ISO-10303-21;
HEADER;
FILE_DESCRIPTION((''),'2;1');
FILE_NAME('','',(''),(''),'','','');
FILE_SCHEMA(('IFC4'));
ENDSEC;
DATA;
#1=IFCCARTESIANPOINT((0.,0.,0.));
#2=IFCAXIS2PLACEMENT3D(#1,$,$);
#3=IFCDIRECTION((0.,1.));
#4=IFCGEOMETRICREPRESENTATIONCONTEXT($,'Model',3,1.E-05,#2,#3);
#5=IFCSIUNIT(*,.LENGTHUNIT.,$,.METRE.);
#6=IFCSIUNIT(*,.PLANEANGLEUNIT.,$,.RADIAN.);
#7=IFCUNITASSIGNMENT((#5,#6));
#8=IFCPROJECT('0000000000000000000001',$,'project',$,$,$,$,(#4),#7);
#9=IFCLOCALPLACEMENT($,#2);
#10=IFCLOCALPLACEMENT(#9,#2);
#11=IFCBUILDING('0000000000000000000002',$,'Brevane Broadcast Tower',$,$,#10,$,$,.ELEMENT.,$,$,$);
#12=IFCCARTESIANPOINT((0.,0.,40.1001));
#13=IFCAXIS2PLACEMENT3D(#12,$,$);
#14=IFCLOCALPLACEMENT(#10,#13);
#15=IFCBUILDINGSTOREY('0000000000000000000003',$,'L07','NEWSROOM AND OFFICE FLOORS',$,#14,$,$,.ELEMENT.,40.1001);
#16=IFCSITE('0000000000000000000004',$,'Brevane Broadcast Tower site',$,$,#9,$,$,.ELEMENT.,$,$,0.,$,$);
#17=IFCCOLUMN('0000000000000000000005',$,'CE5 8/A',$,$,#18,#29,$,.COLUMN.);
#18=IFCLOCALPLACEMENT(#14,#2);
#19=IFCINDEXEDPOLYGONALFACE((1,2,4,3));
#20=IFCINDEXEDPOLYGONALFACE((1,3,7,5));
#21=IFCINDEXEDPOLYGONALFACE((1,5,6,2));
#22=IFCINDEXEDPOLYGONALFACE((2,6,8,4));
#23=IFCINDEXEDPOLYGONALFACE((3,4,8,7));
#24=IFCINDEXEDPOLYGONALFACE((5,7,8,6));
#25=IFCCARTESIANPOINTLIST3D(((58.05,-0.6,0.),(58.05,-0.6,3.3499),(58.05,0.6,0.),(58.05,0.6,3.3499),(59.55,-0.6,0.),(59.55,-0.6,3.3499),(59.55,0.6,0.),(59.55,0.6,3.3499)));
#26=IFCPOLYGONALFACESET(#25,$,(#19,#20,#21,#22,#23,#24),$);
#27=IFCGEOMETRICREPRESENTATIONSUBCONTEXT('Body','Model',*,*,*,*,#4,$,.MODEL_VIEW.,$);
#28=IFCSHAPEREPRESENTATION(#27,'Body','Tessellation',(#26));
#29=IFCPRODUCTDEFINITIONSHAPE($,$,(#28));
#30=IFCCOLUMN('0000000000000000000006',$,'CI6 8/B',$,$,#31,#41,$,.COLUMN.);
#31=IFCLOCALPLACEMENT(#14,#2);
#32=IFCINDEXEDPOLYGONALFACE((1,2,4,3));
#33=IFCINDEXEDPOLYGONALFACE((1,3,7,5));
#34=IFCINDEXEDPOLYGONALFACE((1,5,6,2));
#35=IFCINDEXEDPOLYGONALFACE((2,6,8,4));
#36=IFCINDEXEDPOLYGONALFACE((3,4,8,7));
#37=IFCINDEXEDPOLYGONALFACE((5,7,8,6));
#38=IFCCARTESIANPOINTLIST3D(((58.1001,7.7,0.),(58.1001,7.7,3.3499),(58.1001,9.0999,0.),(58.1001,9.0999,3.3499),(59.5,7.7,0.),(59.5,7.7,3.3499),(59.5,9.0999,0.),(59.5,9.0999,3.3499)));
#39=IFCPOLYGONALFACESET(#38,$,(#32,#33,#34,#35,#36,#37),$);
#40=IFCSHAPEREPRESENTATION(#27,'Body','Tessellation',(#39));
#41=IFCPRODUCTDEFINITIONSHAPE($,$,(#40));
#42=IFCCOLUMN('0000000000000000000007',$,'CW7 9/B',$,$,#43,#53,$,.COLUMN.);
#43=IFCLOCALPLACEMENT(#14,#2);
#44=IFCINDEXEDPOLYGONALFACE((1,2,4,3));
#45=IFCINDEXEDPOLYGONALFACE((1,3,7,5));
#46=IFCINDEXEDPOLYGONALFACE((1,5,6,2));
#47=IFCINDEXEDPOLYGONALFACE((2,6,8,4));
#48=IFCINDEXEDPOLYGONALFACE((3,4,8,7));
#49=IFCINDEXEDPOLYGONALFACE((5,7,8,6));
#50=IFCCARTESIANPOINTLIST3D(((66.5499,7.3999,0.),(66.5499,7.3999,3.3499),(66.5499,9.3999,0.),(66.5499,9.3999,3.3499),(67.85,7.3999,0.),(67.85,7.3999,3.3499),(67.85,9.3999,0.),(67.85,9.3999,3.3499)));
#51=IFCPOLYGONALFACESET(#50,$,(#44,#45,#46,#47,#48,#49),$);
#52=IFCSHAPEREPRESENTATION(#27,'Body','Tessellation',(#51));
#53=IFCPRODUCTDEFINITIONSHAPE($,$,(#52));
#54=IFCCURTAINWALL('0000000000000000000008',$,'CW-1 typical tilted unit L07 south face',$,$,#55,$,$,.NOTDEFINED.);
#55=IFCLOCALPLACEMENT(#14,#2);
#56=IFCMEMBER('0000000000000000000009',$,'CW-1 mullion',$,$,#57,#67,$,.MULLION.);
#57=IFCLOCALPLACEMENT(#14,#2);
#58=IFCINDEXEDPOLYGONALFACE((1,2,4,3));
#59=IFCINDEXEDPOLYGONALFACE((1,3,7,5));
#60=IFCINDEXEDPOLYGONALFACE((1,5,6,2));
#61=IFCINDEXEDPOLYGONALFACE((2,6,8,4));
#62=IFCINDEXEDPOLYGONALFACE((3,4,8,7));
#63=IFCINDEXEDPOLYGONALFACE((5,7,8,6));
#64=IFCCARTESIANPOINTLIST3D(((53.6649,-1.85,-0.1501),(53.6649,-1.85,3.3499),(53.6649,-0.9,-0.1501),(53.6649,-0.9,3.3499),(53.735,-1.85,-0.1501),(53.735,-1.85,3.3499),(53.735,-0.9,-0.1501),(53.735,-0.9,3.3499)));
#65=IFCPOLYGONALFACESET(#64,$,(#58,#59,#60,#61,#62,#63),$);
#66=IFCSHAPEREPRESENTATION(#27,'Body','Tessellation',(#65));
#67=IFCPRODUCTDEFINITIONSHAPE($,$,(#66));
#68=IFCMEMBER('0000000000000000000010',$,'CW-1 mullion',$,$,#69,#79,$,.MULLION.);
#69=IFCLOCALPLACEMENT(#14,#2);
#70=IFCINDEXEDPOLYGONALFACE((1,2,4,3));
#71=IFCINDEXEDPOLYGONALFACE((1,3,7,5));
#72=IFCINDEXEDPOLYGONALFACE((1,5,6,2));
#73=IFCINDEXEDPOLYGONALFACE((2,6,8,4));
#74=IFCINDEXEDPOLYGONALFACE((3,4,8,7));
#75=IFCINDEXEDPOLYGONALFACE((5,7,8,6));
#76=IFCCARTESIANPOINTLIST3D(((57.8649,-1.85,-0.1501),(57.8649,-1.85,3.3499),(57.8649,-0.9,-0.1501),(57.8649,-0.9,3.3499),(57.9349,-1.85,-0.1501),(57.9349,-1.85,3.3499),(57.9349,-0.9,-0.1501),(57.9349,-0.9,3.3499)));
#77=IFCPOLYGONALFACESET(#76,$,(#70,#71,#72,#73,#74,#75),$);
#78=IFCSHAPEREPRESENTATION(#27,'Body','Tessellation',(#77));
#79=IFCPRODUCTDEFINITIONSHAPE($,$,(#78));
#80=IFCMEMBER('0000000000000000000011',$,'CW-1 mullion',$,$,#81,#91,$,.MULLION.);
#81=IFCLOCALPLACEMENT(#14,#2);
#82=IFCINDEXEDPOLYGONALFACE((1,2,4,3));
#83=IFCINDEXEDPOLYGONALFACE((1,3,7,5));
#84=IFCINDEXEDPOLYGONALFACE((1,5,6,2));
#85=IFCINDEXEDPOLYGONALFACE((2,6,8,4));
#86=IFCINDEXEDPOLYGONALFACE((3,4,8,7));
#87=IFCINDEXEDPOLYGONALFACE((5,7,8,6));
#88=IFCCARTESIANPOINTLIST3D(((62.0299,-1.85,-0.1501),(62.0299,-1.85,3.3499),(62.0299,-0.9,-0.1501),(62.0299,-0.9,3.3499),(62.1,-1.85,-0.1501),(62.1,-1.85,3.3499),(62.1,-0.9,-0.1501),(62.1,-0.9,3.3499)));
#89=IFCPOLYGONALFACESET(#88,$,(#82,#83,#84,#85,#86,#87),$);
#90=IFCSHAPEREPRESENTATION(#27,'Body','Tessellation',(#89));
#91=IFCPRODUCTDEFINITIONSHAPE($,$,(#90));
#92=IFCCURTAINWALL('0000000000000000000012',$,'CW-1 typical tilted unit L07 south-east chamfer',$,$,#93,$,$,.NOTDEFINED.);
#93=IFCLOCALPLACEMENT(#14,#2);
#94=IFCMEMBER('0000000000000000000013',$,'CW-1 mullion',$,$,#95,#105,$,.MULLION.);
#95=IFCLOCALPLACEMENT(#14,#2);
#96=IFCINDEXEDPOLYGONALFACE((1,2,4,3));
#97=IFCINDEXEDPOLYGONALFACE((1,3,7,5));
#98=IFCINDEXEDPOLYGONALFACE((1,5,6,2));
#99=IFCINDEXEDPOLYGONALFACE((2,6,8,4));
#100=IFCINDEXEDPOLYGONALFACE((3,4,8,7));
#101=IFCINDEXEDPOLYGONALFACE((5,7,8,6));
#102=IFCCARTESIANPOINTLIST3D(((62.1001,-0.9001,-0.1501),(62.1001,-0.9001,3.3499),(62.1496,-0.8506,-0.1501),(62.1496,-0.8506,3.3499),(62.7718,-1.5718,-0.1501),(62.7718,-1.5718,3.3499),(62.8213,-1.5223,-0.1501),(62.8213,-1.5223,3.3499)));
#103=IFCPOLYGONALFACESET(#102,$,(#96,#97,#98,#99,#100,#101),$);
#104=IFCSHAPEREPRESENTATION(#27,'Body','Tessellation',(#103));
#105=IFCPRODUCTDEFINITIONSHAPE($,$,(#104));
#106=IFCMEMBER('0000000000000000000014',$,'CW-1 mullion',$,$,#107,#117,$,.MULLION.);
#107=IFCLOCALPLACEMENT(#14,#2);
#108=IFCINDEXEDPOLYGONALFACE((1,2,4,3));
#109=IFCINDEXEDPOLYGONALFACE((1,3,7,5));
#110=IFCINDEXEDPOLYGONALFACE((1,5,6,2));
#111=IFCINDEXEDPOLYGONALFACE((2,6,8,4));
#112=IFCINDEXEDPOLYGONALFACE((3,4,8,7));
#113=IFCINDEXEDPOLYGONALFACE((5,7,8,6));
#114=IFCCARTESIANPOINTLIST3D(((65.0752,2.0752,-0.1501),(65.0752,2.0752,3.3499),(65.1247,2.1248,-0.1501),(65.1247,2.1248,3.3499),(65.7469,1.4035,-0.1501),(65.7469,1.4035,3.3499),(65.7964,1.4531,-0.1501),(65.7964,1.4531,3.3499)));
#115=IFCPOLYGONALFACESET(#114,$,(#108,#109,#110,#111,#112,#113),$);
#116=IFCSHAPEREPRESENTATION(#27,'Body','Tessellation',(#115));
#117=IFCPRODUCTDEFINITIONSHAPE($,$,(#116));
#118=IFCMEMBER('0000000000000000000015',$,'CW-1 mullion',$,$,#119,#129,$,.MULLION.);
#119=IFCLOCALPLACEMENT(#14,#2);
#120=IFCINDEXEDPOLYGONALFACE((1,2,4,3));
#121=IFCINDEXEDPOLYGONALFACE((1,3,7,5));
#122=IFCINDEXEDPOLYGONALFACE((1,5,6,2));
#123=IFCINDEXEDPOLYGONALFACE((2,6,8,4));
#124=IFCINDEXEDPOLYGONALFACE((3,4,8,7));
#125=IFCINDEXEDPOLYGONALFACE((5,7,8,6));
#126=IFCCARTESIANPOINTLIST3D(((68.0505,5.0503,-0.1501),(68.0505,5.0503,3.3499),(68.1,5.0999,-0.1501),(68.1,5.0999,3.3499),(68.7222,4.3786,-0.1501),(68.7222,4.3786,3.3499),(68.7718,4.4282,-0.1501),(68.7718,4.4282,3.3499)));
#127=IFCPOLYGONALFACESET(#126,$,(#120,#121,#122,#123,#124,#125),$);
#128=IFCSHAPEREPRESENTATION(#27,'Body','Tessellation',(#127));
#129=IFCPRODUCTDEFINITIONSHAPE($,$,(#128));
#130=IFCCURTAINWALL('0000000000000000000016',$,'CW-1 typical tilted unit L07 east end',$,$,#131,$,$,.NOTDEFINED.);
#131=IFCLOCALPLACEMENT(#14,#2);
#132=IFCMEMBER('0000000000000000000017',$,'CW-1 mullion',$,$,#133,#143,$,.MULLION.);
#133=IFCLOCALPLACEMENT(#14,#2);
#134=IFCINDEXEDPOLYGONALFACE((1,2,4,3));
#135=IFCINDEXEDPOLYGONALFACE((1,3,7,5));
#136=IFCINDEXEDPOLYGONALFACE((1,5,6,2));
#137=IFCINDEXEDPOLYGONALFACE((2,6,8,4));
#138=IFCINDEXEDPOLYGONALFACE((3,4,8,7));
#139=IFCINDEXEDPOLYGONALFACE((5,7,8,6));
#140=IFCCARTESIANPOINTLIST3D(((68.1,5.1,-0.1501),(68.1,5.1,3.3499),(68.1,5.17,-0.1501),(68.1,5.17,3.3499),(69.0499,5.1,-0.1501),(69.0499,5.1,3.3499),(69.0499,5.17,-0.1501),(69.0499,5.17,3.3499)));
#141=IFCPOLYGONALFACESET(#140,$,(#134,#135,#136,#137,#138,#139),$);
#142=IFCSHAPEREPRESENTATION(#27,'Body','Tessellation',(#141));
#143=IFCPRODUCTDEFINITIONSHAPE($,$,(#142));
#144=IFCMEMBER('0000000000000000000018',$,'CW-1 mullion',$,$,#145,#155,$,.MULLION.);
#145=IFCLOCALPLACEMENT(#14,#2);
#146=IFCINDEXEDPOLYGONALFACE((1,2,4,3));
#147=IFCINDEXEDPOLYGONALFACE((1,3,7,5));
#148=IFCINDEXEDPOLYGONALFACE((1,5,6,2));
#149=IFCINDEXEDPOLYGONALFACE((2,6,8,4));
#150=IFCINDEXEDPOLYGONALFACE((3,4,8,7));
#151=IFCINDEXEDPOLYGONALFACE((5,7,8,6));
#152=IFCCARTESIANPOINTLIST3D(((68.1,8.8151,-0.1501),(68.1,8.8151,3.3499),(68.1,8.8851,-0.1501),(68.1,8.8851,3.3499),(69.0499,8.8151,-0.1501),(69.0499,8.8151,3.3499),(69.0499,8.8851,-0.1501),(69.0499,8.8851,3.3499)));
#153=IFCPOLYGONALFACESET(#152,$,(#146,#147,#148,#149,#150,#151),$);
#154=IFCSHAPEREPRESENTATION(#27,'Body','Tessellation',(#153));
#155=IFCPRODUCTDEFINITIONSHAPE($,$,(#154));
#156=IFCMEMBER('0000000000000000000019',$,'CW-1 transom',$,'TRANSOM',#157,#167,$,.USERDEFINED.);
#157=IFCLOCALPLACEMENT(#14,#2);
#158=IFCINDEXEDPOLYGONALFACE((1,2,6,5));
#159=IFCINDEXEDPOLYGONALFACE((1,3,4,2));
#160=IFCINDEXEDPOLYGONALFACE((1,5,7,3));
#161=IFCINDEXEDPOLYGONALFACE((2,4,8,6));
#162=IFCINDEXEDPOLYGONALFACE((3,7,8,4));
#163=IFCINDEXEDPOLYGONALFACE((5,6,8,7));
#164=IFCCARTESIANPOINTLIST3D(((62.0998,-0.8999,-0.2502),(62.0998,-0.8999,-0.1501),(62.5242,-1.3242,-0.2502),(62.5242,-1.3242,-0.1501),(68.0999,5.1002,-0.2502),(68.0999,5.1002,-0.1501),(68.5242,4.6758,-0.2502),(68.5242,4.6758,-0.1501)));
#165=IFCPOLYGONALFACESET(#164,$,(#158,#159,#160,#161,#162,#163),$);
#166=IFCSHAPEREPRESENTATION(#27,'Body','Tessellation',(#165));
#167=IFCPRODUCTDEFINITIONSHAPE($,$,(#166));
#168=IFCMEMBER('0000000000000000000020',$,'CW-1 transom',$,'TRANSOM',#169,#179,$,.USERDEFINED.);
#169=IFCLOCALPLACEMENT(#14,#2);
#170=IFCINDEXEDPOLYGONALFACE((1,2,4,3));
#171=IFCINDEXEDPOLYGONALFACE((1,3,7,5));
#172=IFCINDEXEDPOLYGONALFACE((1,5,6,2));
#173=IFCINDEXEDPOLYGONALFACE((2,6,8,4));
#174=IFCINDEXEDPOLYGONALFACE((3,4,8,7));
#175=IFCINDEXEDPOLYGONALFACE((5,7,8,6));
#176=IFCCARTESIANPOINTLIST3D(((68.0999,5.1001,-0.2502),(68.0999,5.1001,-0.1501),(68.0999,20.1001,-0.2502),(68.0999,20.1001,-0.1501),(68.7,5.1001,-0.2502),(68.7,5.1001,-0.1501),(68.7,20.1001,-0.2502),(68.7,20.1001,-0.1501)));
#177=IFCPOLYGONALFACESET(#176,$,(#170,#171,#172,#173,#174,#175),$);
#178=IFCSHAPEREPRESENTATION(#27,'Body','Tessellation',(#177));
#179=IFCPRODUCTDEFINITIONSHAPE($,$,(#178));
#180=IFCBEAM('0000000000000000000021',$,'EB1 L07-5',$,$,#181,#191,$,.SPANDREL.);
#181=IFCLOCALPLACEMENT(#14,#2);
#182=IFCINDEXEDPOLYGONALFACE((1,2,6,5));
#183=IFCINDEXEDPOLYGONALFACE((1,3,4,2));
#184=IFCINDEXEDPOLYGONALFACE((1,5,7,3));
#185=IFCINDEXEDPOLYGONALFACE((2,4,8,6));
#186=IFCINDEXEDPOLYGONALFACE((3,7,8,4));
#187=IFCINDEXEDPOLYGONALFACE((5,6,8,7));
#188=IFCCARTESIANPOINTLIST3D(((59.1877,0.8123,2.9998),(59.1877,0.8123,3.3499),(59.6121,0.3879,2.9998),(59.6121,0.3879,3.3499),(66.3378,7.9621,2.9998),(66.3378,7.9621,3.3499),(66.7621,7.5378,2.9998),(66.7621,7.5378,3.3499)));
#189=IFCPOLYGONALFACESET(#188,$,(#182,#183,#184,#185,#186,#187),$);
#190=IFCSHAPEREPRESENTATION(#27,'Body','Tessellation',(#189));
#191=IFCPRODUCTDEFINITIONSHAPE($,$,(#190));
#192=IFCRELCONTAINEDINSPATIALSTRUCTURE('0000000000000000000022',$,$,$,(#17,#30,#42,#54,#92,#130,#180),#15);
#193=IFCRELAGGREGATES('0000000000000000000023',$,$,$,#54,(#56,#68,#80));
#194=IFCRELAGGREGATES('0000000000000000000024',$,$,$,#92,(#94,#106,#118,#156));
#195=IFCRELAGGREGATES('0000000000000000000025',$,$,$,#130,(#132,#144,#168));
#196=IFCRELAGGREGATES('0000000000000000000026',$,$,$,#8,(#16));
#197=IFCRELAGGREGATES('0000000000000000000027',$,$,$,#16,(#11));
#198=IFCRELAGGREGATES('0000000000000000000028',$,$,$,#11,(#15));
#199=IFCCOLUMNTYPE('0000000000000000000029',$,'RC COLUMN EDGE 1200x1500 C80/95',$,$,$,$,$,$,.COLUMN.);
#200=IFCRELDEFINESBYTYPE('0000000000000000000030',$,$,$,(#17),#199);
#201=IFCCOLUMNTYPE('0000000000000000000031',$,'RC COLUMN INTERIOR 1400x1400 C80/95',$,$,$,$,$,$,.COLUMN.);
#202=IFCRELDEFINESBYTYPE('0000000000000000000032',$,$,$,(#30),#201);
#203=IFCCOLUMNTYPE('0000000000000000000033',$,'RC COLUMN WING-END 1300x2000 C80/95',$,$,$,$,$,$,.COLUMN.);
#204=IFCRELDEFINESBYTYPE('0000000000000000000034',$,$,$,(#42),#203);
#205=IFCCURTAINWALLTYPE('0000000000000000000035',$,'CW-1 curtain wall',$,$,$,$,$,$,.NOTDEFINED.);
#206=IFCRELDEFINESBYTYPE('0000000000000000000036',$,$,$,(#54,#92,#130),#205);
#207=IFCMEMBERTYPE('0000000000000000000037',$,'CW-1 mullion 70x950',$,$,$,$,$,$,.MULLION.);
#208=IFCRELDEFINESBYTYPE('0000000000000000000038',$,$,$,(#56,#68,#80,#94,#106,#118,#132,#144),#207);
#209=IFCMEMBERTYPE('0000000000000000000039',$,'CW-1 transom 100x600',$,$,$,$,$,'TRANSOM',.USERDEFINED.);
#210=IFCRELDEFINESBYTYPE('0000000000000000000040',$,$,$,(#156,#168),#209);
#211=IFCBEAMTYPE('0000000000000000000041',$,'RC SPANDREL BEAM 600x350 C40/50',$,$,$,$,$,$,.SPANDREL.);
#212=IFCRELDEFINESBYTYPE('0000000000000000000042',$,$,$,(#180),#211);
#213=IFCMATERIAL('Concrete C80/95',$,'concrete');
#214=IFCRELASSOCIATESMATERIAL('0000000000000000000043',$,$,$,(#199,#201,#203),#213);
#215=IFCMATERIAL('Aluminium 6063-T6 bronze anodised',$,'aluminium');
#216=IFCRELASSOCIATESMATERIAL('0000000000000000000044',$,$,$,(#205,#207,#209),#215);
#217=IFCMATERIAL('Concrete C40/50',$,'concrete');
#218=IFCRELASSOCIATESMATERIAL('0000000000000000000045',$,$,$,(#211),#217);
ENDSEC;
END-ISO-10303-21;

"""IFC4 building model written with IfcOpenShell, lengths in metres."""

from ifc_helpers import new_model, si_unit, direction, frame, origin, origin_2d, place, context, subcontext, project, spatial, rectangle, extrude, material, material_profile, profile_set, type_object, element, aggregate, save


model = new_model("IFC4")

# Units and contexts
model_context = context("Model", 3, precision=1e-05, world=origin(), true_north=direction((0.0, 1.0)))
body_context = subcontext(model_context, "Body", "Model", "MODEL_VIEW")
ifc_project = project(units=[si_unit("LENGTHUNIT", "METRE"), si_unit("PLANEANGLEUNIT", "RADIAN")], contexts=[model_context])

# Site, building, storey
site_placement = place(None, origin())
site = spatial("IfcSite", under=ifc_project, at=site_placement, Name="Brevane Broadcast Tower site", CompositionType="ELEMENT", RefElevation=0.0)
building_placement = place(site_placement, origin())
building = spatial("IfcBuilding", under=site, at=building_placement, Name="Brevane Broadcast Tower", CompositionType="ELEMENT")
storey_placement = place(building_placement, frame((0.0, 0.0, 40.1001)))
storey = spatial("IfcBuildingStorey", under=building, at=storey_placement, Name="L07", Description="NEWSROOM AND OFFICE FLOORS", CompositionType="ELEMENT", Elevation=40.1001)

# Columns
ifc_material_1 = material(Name="Concrete C80/95", Category="concrete")
ifc_material_profile_1 = material_profile(ifc_material_1, rectangle(XDim=1.2, YDim=1.5, at=origin_2d()), Name="RC 1200x1500")
ifc_profile_set_1 = profile_set([ifc_material_profile_1], Name="Concrete C80/95")
column_type_1 = type_object("IfcColumnType", Name="RC COLUMN EDGE 1200x1500 C80/95", PredefinedType="COLUMN", material=ifc_profile_set_1)
column_1_placement = place(storey_placement, frame((58.8, 0.0, 0.0), z_axis=(0.0, 0.0, 1.0), x_axis=(0.0, 1.0, 0.0)))
element("IfcColumn", 1, at=column_1_placement, inside=storey, type_object=column_type_1, Name="CE5 8/A", PredefinedType="COLUMN", context=body_context, shape_type="SweptSolid", body=[
    extrude(rectangle(XDim=1.2, YDim=1.5, at=origin_2d()), origin(), (0.0, 0.0, 1.0), 3.3499),
])
ifc_material_profile_2 = material_profile(ifc_material_1, rectangle(XDim=1.3999, YDim=1.3999, at=origin_2d()), Name="RC 1400x1400")
ifc_profile_set_2 = profile_set([ifc_material_profile_2], Name="Concrete C80/95")
column_type_2 = type_object("IfcColumnType", Name="RC COLUMN INTERIOR 1400x1400 C80/95", PredefinedType="COLUMN", material=ifc_profile_set_2)
column_2_placement = place(storey_placement, frame((58.8, 8.3999, 0.0), z_axis=(0.0, 0.0, 1.0), x_axis=(1.0, 0.0, 0.0)))
element("IfcColumn", 2, at=column_2_placement, inside=storey, type_object=column_type_2, Name="CI6 8/B", PredefinedType="COLUMN", context=body_context, shape_type="SweptSolid", body=[
    extrude(rectangle(XDim=1.3999, YDim=1.3999, at=origin_2d()), origin(), (0.0, 0.0, 1.0), 3.3499),
])
ifc_material_profile_3 = material_profile(ifc_material_1, rectangle(XDim=1.3, YDim=2.0, at=origin_2d()), Name="RC 1300x2000")
ifc_profile_set_3 = profile_set([ifc_material_profile_3], Name="Concrete C80/95")
column_type_3 = type_object("IfcColumnType", Name="RC COLUMN WING-END 1300x2000 C80/95", PredefinedType="COLUMN", material=ifc_profile_set_3)
column_3_placement = place(storey_placement, frame((67.2, 8.3999, 0.0), z_axis=(0.0, 0.0, 1.0), x_axis=(1.0, 0.0, 0.0)))
element("IfcColumn", 3, at=column_3_placement, inside=storey, type_object=column_type_3, Name="CW7 9/B", PredefinedType="COLUMN", context=body_context, shape_type="SweptSolid", body=[
    extrude(rectangle(XDim=1.3, YDim=2.0, at=origin_2d()), origin(), (0.0, 0.0, 1.0), 3.3499),
])

# Curtain walls, members
ifc_material_2 = material(Name="Aluminium 6063-T6 bronze anodised", Category="aluminium")
curtain_wall_type = type_object("IfcCurtainWallType", Name="CW-1 curtain wall", PredefinedType="NOTDEFINED", material=ifc_material_2)
curtain_wall_1_placement = place(storey_placement, origin())
curtain_wall_1 = element("IfcCurtainWall", 4, at=curtain_wall_1_placement, inside=storey, type_object=curtain_wall_type, Name="CW-1 typical tilted unit L07 south face", PredefinedType="NOTDEFINED")
ifc_material_profile_4 = material_profile(ifc_material_2, rectangle(XDim=0.95, YDim=0.0701, at=origin_2d()), Name="RECT 70x950")
ifc_profile_set_4 = profile_set([ifc_material_profile_4], Name="Aluminium 6063-T6 bronze anodised")
member_type_1 = type_object("IfcMemberType", Name="CW-1 mullion 70x950", PredefinedType="MULLION", material=ifc_profile_set_4)
member_1_placement = place(storey_placement, frame((53.7, -1.375, -0.1501), z_axis=(0.0, 0.0, 1.0), x_axis=(0.0, 1.0, 0.0)))
member_1 = element("IfcMember", 5, at=member_1_placement, type_object=member_type_1, Name="CW-1 mullion", PredefinedType="MULLION", context=body_context, shape_type="SweptSolid", body=[
    extrude(rectangle(XDim=0.95, YDim=0.0701, at=origin_2d()), origin(), (0.0, 0.0, 1.0), 3.5),
])
member_2_placement = place(storey_placement, frame((57.8999, -1.375, -0.1501), z_axis=(0.0, 0.0, 1.0), x_axis=(0.0, 1.0, 0.0)))
member_2 = element("IfcMember", 6, at=member_2_placement, type_object=member_type_1, Name="CW-1 mullion", PredefinedType="MULLION", context=body_context, shape_type="SweptSolid", body=[
    extrude(rectangle(XDim=0.95, YDim=0.0701, at=origin_2d()), origin(), (0.0, 0.0, 1.0), 3.5),
])
member_3_placement = place(storey_placement, frame((62.0649, -1.375, -0.1501), z_axis=(0.0, 0.0, 1.0), x_axis=(0.0, 1.0, 0.0)))
member_3 = element("IfcMember", 7, at=member_3_placement, type_object=member_type_1, Name="CW-1 mullion", PredefinedType="MULLION", context=body_context, shape_type="SweptSolid", body=[
    extrude(rectangle(XDim=0.95, YDim=0.0701, at=origin_2d()), origin(), (0.0, 0.0, 1.0), 3.5),
])
aggregate(curtain_wall_1, [member_1, member_2, member_3])
curtain_wall_2_placement = place(storey_placement, origin())
curtain_wall_2 = element("IfcCurtainWall", 8, at=curtain_wall_2_placement, inside=storey, type_object=curtain_wall_type, Name="CW-1 typical tilted unit L07 south-east chamfer", PredefinedType="NOTDEFINED")
member_4_placement = place(storey_placement, frame((62.4607, -1.2112, -0.1501), z_axis=(0.0, 0.0, 1.0), x_axis=(-0.707107, 0.707107, 0.0)))
member_4 = element("IfcMember", 9, at=member_4_placement, type_object=member_type_1, Name="CW-1 mullion", PredefinedType="MULLION", context=body_context, shape_type="SweptSolid", body=[
    extrude(rectangle(XDim=0.95, YDim=0.0701, at=origin_2d()), origin(), (0.0, 0.0, 1.0), 3.5),
])
member_5_placement = place(storey_placement, frame((65.4358, 1.7642, -0.1501), z_axis=(0.0, 0.0, 1.0), x_axis=(-0.707107, 0.707107, 0.0)))
member_5 = element("IfcMember", 10, at=member_5_placement, type_object=member_type_1, Name="CW-1 mullion", PredefinedType="MULLION", context=body_context, shape_type="SweptSolid", body=[
    extrude(rectangle(XDim=0.95, YDim=0.0701, at=origin_2d()), origin(), (0.0, 0.0, 1.0), 3.5),
])
member_6_placement = place(storey_placement, frame((68.4111, 4.7393, -0.1501), z_axis=(0.0, 0.0, 1.0), x_axis=(-0.707107, 0.707107, 0.0)))
member_6 = element("IfcMember", 11, at=member_6_placement, type_object=member_type_1, Name="CW-1 mullion", PredefinedType="MULLION", context=body_context, shape_type="SweptSolid", body=[
    extrude(rectangle(XDim=0.95, YDim=0.0701, at=origin_2d()), origin(), (0.0, 0.0, 1.0), 3.5),
])
curtain_wall_3_placement = place(storey_placement, origin())
curtain_wall_3 = element("IfcCurtainWall", 12, at=curtain_wall_3_placement, inside=storey, type_object=curtain_wall_type, Name="CW-1 typical tilted unit L07 east end", PredefinedType="NOTDEFINED")
member_7_placement = place(storey_placement, frame((68.575, 5.135, -0.1501), z_axis=(0.0, 0.0, 1.0), x_axis=(-1.0, 0.0, 0.0)))
member_7 = element("IfcMember", 13, at=member_7_placement, type_object=member_type_1, Name="CW-1 mullion", PredefinedType="MULLION", context=body_context, shape_type="SweptSolid", body=[
    extrude(rectangle(XDim=0.95, YDim=0.0701, at=origin_2d()), origin(), (0.0, 0.0, 1.0), 3.5),
])
member_8_placement = place(storey_placement, frame((68.575, 8.8501, -0.1501), z_axis=(0.0, 0.0, 1.0), x_axis=(-1.0, 0.0, 0.0)))
member_8 = element("IfcMember", 14, at=member_8_placement, type_object=member_type_1, Name="CW-1 mullion", PredefinedType="MULLION", context=body_context, shape_type="SweptSolid", body=[
    extrude(rectangle(XDim=0.95, YDim=0.0701, at=origin_2d()), origin(), (0.0, 0.0, 1.0), 3.5),
])

# Members
ifc_material_profile_5 = material_profile(ifc_material_2, rectangle(XDim=0.6001, YDim=0.1001, at=origin_2d()), Name="RECT 100x600")
ifc_profile_set_5 = profile_set([ifc_material_profile_5], Name="Aluminium 6063-T6 bronze anodised")
member_type_2 = type_object("IfcMemberType", Name="CW-1 transom 100x600", ElementType="TRANSOM", PredefinedType="USERDEFINED", material=ifc_profile_set_5)
member_9_placement = place(storey_placement, frame((62.312, -1.1121, -0.2002), z_axis=(0.707107, 0.707107, 0.0), x_axis=(-0.707107, 0.707107, 0.0)))
member_9 = element("IfcMember", 15, at=member_9_placement, type_object=member_type_2, Name="CW-1 transom", ObjectType="TRANSOM", PredefinedType="USERDEFINED", context=body_context, shape_type="SweptSolid", body=[
    extrude(rectangle(XDim=0.6001, YDim=0.1001, at=origin_2d()), origin(), (0.0, 0.0, 1.0), 8.4854),
])
aggregate(curtain_wall_2, [member_4, member_5, member_6, member_9])
member_10_placement = place(storey_placement, frame((68.3999, 5.1001, -0.2002), z_axis=(0.0, 1.0, 0.0), x_axis=(-1.0, 0.0, 0.0)))
member_10 = element("IfcMember", 16, at=member_10_placement, type_object=member_type_2, Name="CW-1 transom", ObjectType="TRANSOM", PredefinedType="USERDEFINED", context=body_context, shape_type="SweptSolid", body=[
    extrude(rectangle(XDim=0.6001, YDim=0.1001, at=origin_2d()), origin(), (0.0, 0.0, 1.0), 15.0),
])
aggregate(curtain_wall_3, [member_7, member_8, member_10])

# Beam
ifc_material_3 = material(Name="Concrete C40/50", Category="concrete")
ifc_material_profile_6 = material_profile(ifc_material_3, rectangle(XDim=0.6001, YDim=0.3501, at=origin_2d()), Name="RC 600x350")
ifc_profile_set_6 = profile_set([ifc_material_profile_6], Name="Concrete C40/50")
beam_type = type_object("IfcBeamType", Name="RC SPANDREL BEAM 600x350 C40/50", PredefinedType="SPANDREL", material=ifc_profile_set_6)
beam_placement = place(storey_placement, frame((59.3999, 0.6001, 3.1748), z_axis=(0.707119, 0.707095, 0.0), x_axis=(-0.707095, 0.707119, 0.0)))
element("IfcBeam", 17, at=beam_placement, inside=storey, type_object=beam_type, Name="EB1 L07-5", PredefinedType="SPANDREL", context=body_context, shape_type="SweptSolid", body=[
    extrude(rectangle(XDim=0.6001, YDim=0.3501, at=origin_2d()), origin(), (0.0, 0.0, 1.0), 10.1116),
])

save(model, "model.ifc")
